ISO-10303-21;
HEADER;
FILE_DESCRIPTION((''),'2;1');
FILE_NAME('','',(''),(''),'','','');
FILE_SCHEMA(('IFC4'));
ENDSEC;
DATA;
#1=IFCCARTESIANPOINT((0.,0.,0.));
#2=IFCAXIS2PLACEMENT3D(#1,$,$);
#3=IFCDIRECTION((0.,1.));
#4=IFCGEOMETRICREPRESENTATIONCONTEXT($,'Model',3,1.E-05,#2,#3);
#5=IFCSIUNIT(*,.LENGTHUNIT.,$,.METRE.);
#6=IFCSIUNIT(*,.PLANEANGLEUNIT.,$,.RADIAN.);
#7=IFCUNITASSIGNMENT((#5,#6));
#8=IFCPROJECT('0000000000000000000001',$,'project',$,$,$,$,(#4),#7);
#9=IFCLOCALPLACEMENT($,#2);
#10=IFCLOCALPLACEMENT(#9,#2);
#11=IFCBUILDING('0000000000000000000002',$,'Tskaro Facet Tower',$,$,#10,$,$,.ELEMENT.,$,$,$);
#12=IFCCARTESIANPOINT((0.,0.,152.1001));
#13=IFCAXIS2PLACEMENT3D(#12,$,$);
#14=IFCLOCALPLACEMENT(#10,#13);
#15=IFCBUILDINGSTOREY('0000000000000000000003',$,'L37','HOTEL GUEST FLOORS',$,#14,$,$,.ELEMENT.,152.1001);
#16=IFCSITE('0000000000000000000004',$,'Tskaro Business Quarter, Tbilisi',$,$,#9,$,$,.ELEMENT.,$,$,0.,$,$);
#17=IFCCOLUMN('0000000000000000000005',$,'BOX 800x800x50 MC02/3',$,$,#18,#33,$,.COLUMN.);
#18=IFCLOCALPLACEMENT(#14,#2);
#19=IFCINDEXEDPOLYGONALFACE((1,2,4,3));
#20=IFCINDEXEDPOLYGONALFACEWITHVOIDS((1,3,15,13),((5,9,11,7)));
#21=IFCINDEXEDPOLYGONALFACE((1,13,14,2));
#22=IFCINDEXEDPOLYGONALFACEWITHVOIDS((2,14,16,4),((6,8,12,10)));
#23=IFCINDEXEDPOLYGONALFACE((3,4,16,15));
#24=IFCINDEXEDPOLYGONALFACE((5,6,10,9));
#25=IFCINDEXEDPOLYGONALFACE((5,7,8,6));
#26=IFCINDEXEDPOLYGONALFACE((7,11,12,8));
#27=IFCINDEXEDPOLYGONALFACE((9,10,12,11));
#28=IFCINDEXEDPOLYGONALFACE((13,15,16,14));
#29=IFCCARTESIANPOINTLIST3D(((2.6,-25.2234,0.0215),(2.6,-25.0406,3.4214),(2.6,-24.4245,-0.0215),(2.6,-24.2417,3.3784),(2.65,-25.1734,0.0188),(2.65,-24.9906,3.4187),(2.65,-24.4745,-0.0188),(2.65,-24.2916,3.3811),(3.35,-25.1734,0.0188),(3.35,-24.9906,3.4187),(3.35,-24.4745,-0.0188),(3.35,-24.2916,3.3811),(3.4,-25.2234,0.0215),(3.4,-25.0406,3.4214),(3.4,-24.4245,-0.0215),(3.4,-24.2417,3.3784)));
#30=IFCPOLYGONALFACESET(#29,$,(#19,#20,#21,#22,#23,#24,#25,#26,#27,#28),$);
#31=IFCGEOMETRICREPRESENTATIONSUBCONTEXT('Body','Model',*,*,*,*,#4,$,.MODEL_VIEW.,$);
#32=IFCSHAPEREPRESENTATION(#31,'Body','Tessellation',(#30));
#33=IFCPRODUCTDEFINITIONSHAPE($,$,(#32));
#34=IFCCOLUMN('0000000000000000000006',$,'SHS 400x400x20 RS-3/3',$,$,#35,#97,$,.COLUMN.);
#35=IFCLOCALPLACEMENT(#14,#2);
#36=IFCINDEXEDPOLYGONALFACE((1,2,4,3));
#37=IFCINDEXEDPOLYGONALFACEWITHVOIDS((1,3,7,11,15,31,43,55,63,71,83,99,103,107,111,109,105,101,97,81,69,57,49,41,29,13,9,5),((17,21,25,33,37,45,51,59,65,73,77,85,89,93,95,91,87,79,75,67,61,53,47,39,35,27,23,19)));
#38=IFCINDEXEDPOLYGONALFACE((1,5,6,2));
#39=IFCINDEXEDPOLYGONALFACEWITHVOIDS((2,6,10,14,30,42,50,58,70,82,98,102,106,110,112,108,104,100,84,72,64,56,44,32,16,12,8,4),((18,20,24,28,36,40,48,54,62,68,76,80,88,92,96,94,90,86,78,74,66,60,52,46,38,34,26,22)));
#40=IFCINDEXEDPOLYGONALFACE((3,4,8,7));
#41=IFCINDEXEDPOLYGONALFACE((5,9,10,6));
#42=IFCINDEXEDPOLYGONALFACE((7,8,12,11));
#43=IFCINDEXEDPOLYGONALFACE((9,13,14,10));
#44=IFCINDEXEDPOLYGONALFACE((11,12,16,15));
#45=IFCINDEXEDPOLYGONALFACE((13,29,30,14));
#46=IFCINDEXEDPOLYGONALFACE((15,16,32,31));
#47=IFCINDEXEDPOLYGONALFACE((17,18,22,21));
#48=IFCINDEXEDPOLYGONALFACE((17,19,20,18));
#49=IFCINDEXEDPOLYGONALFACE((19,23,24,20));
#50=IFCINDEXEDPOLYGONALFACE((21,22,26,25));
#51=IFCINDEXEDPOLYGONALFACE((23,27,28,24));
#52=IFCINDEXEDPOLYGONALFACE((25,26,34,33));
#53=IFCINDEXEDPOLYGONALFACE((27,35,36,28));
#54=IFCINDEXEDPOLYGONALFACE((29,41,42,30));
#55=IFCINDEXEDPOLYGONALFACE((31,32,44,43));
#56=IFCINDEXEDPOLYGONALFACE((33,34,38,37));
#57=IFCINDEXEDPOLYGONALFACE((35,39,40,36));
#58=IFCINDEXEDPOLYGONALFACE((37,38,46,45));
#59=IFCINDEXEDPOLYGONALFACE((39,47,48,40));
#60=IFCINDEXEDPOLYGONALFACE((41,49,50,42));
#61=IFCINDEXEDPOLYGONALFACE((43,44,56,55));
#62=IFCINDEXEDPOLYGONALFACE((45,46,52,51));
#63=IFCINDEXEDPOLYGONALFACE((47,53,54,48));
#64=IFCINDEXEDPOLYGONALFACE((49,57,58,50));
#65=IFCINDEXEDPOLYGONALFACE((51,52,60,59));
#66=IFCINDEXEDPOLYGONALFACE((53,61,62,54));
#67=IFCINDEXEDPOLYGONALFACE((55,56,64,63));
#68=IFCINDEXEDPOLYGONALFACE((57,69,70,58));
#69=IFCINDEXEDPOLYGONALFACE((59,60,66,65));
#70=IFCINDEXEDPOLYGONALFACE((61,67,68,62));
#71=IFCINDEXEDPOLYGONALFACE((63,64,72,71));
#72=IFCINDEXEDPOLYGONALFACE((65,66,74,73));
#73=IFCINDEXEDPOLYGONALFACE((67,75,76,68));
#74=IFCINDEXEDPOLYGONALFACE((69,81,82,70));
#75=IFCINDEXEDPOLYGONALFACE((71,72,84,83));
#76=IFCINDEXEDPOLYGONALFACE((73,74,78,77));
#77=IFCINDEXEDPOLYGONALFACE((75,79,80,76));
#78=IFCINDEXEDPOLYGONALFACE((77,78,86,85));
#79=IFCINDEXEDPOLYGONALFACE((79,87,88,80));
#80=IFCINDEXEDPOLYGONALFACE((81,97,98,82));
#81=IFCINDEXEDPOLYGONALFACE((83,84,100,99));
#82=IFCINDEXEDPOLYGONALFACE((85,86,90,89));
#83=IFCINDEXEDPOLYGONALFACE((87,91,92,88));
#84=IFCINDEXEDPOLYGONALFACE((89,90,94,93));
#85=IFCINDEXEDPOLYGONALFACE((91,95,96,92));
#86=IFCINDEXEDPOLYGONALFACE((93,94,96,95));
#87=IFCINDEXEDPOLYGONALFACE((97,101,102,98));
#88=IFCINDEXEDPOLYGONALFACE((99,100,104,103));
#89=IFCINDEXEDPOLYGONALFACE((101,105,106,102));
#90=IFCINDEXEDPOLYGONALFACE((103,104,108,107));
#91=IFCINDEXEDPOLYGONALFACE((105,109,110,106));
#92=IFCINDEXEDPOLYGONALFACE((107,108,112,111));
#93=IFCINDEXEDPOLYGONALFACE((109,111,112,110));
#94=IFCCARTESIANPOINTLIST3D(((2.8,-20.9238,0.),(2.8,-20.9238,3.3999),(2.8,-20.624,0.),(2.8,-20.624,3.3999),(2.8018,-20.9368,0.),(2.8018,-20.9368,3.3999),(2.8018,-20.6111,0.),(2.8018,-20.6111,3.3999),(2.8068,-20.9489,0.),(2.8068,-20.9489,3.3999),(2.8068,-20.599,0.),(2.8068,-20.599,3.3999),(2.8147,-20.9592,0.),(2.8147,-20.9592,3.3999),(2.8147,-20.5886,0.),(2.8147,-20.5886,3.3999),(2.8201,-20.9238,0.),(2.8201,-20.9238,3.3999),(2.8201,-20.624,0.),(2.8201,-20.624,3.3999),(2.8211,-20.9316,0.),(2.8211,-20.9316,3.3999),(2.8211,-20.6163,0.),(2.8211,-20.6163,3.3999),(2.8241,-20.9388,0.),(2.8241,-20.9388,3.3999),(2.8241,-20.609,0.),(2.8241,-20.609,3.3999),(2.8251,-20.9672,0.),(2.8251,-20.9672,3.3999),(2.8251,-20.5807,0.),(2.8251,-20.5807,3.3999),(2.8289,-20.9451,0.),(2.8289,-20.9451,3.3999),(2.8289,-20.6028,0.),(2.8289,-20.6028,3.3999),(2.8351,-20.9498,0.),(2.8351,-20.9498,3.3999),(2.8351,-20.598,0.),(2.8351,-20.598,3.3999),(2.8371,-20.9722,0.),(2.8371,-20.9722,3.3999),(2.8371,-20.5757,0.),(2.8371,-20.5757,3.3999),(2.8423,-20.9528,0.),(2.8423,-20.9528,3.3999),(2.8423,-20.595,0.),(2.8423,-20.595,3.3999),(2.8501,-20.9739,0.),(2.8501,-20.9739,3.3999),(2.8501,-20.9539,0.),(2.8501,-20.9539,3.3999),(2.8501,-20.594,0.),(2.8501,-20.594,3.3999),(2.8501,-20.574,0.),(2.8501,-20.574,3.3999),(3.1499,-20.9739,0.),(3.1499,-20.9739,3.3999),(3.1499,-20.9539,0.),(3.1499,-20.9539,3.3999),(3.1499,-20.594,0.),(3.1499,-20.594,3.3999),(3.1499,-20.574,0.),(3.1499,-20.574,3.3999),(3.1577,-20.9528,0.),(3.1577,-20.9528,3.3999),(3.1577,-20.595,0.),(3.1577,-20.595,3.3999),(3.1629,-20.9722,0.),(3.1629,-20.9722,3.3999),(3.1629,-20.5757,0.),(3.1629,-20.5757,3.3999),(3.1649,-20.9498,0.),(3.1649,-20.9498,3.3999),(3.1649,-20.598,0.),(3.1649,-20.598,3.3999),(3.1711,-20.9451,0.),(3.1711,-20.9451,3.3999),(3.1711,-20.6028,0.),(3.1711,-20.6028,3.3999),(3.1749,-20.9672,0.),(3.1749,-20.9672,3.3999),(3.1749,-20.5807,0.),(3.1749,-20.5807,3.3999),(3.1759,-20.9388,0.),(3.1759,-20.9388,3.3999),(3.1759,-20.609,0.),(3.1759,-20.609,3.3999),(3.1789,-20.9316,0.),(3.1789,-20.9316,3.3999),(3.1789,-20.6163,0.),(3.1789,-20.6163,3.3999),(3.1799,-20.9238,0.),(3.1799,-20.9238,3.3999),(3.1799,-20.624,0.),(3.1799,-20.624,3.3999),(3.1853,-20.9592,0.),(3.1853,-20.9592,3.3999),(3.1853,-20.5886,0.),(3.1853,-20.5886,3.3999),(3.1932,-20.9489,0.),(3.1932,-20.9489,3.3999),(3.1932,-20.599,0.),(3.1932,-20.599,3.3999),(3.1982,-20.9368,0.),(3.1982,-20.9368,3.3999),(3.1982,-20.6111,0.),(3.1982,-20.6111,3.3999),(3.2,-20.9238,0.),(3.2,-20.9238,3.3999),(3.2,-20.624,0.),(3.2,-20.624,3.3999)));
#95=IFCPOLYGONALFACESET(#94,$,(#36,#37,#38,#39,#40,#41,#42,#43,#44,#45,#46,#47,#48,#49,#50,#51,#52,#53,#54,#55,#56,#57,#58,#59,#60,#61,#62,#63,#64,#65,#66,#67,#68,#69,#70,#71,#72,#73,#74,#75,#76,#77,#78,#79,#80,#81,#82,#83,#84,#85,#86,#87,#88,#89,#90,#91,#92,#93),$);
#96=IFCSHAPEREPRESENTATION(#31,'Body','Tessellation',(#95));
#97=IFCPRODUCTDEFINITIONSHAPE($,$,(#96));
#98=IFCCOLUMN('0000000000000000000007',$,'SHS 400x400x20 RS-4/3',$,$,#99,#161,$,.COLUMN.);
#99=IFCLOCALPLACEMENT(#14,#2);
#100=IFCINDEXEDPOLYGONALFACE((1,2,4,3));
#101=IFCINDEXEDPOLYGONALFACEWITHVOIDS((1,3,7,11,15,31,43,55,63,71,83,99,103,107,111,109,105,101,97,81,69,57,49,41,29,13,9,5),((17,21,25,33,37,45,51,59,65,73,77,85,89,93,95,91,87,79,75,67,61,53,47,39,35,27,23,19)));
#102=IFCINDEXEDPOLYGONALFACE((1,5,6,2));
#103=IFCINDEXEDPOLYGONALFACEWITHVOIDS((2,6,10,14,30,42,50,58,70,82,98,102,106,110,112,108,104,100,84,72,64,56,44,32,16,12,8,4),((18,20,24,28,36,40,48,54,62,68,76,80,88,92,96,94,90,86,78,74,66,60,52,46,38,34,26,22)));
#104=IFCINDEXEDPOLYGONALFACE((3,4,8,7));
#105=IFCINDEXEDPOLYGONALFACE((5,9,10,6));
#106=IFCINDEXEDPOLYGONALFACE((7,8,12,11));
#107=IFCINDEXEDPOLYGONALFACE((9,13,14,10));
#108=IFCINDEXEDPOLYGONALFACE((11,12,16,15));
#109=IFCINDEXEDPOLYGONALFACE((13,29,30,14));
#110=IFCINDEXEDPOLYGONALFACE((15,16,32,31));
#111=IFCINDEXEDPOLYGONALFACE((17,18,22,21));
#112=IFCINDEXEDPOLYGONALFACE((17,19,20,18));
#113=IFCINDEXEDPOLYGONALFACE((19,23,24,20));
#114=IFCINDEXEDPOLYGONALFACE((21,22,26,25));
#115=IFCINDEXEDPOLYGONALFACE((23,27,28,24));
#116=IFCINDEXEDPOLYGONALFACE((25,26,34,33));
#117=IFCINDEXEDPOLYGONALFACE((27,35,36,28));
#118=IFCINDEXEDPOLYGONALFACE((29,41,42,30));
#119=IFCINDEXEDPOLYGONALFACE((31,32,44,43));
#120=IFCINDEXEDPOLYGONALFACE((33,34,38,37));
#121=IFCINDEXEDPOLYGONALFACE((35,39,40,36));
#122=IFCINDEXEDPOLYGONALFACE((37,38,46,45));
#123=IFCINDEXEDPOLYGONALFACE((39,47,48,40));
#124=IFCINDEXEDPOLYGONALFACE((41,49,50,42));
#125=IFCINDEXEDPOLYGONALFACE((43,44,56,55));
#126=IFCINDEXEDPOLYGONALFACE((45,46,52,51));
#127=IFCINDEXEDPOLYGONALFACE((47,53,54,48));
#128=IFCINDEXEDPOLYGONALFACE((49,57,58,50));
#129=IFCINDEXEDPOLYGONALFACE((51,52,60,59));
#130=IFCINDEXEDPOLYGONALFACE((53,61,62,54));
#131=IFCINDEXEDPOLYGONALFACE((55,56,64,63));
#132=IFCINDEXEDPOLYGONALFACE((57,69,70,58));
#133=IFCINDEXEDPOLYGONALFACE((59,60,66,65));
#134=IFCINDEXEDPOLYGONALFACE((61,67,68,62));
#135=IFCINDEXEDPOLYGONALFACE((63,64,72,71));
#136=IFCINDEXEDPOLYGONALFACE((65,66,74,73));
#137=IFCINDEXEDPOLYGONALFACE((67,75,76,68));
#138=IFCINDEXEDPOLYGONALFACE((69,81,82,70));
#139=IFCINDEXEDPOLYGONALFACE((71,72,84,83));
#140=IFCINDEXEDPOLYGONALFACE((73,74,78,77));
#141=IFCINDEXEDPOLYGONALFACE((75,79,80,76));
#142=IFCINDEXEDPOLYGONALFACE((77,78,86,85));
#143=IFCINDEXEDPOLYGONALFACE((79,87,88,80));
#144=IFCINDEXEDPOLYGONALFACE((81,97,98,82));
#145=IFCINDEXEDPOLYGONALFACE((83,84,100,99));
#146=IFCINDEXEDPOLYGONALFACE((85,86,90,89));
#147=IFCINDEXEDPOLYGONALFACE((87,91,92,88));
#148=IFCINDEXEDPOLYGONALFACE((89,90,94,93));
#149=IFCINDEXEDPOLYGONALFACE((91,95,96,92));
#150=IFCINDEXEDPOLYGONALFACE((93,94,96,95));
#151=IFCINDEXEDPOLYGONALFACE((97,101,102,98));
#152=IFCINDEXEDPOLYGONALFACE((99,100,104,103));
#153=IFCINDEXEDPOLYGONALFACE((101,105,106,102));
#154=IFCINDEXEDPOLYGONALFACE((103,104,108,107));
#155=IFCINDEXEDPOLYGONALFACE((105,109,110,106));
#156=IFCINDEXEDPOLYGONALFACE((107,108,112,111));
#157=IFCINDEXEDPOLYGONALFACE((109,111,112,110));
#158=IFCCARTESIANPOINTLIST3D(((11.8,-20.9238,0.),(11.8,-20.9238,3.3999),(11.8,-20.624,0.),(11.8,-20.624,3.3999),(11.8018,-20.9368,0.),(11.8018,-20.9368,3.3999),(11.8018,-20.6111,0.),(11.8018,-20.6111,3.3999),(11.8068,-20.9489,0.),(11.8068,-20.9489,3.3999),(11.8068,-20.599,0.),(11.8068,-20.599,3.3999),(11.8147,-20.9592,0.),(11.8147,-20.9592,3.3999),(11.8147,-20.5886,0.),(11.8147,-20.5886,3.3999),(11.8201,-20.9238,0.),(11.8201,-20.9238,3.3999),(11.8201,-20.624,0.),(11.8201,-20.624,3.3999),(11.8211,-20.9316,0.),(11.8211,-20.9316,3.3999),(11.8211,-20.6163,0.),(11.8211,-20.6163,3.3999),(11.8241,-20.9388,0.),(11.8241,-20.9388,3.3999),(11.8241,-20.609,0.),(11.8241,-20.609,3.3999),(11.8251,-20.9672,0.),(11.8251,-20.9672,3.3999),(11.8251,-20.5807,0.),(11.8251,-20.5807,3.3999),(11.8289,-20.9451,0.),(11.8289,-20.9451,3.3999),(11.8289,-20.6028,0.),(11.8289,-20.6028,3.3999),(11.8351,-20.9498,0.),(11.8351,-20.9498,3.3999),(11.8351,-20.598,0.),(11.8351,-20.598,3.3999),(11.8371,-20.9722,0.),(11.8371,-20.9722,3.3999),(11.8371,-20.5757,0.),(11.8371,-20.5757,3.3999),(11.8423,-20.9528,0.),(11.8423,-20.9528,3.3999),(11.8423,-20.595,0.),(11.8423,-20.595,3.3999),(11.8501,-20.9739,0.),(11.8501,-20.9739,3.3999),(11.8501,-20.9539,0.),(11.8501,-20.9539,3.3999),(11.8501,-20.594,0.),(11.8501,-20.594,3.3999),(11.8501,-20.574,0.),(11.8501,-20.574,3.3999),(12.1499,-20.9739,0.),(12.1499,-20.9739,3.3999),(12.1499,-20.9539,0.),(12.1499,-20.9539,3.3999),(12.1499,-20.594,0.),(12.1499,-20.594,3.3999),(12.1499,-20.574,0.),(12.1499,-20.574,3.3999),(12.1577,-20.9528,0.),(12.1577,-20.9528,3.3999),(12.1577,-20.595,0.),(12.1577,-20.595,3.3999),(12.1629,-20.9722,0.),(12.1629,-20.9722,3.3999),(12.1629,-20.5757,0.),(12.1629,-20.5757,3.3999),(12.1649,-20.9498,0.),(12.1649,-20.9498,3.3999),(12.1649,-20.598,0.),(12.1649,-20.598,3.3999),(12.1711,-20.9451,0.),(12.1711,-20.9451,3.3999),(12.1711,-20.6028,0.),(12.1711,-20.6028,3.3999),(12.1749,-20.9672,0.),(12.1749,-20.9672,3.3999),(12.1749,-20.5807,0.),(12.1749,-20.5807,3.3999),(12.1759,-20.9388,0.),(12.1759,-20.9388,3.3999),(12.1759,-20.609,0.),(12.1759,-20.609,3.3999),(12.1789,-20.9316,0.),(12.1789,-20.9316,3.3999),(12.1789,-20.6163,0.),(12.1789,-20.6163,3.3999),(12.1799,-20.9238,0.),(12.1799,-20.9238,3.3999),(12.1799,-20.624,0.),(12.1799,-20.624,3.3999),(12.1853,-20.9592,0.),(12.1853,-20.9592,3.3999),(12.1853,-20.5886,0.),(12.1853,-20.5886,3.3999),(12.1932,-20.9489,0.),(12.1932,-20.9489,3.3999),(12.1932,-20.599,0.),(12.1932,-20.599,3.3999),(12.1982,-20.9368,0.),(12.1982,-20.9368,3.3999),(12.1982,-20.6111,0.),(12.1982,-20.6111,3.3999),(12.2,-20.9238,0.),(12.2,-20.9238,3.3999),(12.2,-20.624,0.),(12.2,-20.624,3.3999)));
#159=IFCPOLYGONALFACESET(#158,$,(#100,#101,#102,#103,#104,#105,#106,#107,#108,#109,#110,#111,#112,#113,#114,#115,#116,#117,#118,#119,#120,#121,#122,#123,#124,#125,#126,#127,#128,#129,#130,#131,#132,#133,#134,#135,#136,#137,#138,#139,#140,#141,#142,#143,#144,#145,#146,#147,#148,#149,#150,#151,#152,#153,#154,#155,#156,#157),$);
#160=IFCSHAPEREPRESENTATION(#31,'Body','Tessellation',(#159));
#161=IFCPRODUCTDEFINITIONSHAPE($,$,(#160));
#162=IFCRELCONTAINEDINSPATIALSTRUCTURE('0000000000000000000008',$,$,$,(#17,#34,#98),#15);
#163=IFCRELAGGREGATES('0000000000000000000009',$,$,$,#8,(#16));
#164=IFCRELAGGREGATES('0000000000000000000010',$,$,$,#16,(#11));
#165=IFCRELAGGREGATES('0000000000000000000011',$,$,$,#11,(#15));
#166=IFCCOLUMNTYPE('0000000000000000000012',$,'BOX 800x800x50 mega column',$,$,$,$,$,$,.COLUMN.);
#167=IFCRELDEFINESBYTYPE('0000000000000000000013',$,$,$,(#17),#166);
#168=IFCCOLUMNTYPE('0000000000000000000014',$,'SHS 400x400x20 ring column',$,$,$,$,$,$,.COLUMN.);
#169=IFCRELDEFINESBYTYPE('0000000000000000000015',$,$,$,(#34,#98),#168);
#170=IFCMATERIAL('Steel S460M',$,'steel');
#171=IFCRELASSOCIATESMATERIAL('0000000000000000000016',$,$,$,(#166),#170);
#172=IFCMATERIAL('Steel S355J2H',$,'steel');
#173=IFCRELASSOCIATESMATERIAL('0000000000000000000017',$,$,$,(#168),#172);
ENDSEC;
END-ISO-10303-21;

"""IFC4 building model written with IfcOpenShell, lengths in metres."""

from ifc_helpers import new_model, si_unit, direction, frame, origin, origin_2d, place, context, subcontext, project, spatial, hollow_rectangle, extrude, material, material_profile, profile_set, type_object, element, save


model = new_model("IFC4")

# Units and contexts
model_context = context("Model", 3, precision=1e-05, world=origin(), true_north=direction((0.0, 1.0)))
body_context = subcontext(model_context, "Body", "Model", "MODEL_VIEW")
ifc_project = project(units=[si_unit("LENGTHUNIT", "METRE"), si_unit("PLANEANGLEUNIT", "RADIAN")], contexts=[model_context])

# Site, building, storey
site_placement = place(None, origin())
site = spatial("IfcSite", under=ifc_project, at=site_placement, Name="Tskaro Business Quarter, Tbilisi", CompositionType="ELEMENT", RefElevation=0.0)
building_placement = place(site_placement, origin())
building = spatial("IfcBuilding", under=site, at=building_placement, Name="Tskaro Facet Tower", CompositionType="ELEMENT")
storey_placement = place(building_placement, frame((0.0, 0.0, 152.1001)))
storey = spatial("IfcBuildingStorey", under=building, at=storey_placement, Name="L37", Description="HOTEL GUEST FLOORS", CompositionType="ELEMENT", Elevation=152.1001)

# Columns
ifc_material_1 = material(Name="Steel S460M", Category="steel")
ifc_material_profile_1 = material_profile(ifc_material_1, hollow_rectangle(XDim=0.8, YDim=0.8, WallThickness=0.05, at=origin_2d()), Name="BOX 800x800x50")
ifc_profile_set_1 = profile_set([ifc_material_profile_1], Name="Steel S460M")
column_type_1 = type_object("IfcColumnType", Name="BOX 800x800x50 mega column", PredefinedType="COLUMN", material=ifc_profile_set_1)
column_placement = place(storey_placement, frame((3.0, -24.824, 0.0), z_axis=(0.0, 0.053707, 0.998557), x_axis=(-1.0, 0.0, 0.0)))
element("IfcColumn", 1, at=column_placement, inside=storey, type_object=column_type_1, Name="BOX 800x800x50 MC02/3", PredefinedType="COLUMN", context=body_context, shape_type="SweptSolid", body=[
    extrude(hollow_rectangle(XDim=0.8, YDim=0.8, WallThickness=0.05, at=origin_2d()), origin(), (0.0, 0.0, 1.0), 3.4048),
])
ifc_material_2 = material(Name="Steel S355J2H", Category="steel")
ifc_material_profile_2 = material_profile(ifc_material_2, hollow_rectangle(XDim=0.3999, YDim=0.3999, WallThickness=0.02, InnerFilletRadius=0.03, OuterFilletRadius=0.05, at=origin_2d()), Name="SHS 400x400x20")
ifc_profile_set_2 = profile_set([ifc_material_profile_2], Name="Steel S355J2H")
column_type_2 = type_object("IfcColumnType", Name="SHS 400x400x20 ring column", PredefinedType="COLUMN", material=ifc_profile_set_2)
for number, where, z_axis, x_axis, name in (
    (2, (3.0, -20.7739, 0.0), (0.0, 0.0, 1.0), (1.0, 0.0, 0.0), "SHS 400x400x20 RS-3/3"),
    (3, (12.0, -20.7739, 0.0), (0.0, 0.0, 1.0), (1.0, 0.0, 0.0), "SHS 400x400x20 RS-4/3"),
):
    element("IfcColumn", number, at=place(storey_placement, frame(where, z_axis=z_axis, x_axis=x_axis)), inside=storey, type_object=column_type_2, Name=name, PredefinedType="COLUMN", context=body_context, shape_type="SweptSolid", body=[
        extrude(hollow_rectangle(XDim=0.3999, YDim=0.3999, WallThickness=0.02, InnerFilletRadius=0.03, OuterFilletRadius=0.05, at=origin_2d()), origin(), (0.0, 0.0, 1.0), 3.3999),
    ])

save(model, "model.ifc")
